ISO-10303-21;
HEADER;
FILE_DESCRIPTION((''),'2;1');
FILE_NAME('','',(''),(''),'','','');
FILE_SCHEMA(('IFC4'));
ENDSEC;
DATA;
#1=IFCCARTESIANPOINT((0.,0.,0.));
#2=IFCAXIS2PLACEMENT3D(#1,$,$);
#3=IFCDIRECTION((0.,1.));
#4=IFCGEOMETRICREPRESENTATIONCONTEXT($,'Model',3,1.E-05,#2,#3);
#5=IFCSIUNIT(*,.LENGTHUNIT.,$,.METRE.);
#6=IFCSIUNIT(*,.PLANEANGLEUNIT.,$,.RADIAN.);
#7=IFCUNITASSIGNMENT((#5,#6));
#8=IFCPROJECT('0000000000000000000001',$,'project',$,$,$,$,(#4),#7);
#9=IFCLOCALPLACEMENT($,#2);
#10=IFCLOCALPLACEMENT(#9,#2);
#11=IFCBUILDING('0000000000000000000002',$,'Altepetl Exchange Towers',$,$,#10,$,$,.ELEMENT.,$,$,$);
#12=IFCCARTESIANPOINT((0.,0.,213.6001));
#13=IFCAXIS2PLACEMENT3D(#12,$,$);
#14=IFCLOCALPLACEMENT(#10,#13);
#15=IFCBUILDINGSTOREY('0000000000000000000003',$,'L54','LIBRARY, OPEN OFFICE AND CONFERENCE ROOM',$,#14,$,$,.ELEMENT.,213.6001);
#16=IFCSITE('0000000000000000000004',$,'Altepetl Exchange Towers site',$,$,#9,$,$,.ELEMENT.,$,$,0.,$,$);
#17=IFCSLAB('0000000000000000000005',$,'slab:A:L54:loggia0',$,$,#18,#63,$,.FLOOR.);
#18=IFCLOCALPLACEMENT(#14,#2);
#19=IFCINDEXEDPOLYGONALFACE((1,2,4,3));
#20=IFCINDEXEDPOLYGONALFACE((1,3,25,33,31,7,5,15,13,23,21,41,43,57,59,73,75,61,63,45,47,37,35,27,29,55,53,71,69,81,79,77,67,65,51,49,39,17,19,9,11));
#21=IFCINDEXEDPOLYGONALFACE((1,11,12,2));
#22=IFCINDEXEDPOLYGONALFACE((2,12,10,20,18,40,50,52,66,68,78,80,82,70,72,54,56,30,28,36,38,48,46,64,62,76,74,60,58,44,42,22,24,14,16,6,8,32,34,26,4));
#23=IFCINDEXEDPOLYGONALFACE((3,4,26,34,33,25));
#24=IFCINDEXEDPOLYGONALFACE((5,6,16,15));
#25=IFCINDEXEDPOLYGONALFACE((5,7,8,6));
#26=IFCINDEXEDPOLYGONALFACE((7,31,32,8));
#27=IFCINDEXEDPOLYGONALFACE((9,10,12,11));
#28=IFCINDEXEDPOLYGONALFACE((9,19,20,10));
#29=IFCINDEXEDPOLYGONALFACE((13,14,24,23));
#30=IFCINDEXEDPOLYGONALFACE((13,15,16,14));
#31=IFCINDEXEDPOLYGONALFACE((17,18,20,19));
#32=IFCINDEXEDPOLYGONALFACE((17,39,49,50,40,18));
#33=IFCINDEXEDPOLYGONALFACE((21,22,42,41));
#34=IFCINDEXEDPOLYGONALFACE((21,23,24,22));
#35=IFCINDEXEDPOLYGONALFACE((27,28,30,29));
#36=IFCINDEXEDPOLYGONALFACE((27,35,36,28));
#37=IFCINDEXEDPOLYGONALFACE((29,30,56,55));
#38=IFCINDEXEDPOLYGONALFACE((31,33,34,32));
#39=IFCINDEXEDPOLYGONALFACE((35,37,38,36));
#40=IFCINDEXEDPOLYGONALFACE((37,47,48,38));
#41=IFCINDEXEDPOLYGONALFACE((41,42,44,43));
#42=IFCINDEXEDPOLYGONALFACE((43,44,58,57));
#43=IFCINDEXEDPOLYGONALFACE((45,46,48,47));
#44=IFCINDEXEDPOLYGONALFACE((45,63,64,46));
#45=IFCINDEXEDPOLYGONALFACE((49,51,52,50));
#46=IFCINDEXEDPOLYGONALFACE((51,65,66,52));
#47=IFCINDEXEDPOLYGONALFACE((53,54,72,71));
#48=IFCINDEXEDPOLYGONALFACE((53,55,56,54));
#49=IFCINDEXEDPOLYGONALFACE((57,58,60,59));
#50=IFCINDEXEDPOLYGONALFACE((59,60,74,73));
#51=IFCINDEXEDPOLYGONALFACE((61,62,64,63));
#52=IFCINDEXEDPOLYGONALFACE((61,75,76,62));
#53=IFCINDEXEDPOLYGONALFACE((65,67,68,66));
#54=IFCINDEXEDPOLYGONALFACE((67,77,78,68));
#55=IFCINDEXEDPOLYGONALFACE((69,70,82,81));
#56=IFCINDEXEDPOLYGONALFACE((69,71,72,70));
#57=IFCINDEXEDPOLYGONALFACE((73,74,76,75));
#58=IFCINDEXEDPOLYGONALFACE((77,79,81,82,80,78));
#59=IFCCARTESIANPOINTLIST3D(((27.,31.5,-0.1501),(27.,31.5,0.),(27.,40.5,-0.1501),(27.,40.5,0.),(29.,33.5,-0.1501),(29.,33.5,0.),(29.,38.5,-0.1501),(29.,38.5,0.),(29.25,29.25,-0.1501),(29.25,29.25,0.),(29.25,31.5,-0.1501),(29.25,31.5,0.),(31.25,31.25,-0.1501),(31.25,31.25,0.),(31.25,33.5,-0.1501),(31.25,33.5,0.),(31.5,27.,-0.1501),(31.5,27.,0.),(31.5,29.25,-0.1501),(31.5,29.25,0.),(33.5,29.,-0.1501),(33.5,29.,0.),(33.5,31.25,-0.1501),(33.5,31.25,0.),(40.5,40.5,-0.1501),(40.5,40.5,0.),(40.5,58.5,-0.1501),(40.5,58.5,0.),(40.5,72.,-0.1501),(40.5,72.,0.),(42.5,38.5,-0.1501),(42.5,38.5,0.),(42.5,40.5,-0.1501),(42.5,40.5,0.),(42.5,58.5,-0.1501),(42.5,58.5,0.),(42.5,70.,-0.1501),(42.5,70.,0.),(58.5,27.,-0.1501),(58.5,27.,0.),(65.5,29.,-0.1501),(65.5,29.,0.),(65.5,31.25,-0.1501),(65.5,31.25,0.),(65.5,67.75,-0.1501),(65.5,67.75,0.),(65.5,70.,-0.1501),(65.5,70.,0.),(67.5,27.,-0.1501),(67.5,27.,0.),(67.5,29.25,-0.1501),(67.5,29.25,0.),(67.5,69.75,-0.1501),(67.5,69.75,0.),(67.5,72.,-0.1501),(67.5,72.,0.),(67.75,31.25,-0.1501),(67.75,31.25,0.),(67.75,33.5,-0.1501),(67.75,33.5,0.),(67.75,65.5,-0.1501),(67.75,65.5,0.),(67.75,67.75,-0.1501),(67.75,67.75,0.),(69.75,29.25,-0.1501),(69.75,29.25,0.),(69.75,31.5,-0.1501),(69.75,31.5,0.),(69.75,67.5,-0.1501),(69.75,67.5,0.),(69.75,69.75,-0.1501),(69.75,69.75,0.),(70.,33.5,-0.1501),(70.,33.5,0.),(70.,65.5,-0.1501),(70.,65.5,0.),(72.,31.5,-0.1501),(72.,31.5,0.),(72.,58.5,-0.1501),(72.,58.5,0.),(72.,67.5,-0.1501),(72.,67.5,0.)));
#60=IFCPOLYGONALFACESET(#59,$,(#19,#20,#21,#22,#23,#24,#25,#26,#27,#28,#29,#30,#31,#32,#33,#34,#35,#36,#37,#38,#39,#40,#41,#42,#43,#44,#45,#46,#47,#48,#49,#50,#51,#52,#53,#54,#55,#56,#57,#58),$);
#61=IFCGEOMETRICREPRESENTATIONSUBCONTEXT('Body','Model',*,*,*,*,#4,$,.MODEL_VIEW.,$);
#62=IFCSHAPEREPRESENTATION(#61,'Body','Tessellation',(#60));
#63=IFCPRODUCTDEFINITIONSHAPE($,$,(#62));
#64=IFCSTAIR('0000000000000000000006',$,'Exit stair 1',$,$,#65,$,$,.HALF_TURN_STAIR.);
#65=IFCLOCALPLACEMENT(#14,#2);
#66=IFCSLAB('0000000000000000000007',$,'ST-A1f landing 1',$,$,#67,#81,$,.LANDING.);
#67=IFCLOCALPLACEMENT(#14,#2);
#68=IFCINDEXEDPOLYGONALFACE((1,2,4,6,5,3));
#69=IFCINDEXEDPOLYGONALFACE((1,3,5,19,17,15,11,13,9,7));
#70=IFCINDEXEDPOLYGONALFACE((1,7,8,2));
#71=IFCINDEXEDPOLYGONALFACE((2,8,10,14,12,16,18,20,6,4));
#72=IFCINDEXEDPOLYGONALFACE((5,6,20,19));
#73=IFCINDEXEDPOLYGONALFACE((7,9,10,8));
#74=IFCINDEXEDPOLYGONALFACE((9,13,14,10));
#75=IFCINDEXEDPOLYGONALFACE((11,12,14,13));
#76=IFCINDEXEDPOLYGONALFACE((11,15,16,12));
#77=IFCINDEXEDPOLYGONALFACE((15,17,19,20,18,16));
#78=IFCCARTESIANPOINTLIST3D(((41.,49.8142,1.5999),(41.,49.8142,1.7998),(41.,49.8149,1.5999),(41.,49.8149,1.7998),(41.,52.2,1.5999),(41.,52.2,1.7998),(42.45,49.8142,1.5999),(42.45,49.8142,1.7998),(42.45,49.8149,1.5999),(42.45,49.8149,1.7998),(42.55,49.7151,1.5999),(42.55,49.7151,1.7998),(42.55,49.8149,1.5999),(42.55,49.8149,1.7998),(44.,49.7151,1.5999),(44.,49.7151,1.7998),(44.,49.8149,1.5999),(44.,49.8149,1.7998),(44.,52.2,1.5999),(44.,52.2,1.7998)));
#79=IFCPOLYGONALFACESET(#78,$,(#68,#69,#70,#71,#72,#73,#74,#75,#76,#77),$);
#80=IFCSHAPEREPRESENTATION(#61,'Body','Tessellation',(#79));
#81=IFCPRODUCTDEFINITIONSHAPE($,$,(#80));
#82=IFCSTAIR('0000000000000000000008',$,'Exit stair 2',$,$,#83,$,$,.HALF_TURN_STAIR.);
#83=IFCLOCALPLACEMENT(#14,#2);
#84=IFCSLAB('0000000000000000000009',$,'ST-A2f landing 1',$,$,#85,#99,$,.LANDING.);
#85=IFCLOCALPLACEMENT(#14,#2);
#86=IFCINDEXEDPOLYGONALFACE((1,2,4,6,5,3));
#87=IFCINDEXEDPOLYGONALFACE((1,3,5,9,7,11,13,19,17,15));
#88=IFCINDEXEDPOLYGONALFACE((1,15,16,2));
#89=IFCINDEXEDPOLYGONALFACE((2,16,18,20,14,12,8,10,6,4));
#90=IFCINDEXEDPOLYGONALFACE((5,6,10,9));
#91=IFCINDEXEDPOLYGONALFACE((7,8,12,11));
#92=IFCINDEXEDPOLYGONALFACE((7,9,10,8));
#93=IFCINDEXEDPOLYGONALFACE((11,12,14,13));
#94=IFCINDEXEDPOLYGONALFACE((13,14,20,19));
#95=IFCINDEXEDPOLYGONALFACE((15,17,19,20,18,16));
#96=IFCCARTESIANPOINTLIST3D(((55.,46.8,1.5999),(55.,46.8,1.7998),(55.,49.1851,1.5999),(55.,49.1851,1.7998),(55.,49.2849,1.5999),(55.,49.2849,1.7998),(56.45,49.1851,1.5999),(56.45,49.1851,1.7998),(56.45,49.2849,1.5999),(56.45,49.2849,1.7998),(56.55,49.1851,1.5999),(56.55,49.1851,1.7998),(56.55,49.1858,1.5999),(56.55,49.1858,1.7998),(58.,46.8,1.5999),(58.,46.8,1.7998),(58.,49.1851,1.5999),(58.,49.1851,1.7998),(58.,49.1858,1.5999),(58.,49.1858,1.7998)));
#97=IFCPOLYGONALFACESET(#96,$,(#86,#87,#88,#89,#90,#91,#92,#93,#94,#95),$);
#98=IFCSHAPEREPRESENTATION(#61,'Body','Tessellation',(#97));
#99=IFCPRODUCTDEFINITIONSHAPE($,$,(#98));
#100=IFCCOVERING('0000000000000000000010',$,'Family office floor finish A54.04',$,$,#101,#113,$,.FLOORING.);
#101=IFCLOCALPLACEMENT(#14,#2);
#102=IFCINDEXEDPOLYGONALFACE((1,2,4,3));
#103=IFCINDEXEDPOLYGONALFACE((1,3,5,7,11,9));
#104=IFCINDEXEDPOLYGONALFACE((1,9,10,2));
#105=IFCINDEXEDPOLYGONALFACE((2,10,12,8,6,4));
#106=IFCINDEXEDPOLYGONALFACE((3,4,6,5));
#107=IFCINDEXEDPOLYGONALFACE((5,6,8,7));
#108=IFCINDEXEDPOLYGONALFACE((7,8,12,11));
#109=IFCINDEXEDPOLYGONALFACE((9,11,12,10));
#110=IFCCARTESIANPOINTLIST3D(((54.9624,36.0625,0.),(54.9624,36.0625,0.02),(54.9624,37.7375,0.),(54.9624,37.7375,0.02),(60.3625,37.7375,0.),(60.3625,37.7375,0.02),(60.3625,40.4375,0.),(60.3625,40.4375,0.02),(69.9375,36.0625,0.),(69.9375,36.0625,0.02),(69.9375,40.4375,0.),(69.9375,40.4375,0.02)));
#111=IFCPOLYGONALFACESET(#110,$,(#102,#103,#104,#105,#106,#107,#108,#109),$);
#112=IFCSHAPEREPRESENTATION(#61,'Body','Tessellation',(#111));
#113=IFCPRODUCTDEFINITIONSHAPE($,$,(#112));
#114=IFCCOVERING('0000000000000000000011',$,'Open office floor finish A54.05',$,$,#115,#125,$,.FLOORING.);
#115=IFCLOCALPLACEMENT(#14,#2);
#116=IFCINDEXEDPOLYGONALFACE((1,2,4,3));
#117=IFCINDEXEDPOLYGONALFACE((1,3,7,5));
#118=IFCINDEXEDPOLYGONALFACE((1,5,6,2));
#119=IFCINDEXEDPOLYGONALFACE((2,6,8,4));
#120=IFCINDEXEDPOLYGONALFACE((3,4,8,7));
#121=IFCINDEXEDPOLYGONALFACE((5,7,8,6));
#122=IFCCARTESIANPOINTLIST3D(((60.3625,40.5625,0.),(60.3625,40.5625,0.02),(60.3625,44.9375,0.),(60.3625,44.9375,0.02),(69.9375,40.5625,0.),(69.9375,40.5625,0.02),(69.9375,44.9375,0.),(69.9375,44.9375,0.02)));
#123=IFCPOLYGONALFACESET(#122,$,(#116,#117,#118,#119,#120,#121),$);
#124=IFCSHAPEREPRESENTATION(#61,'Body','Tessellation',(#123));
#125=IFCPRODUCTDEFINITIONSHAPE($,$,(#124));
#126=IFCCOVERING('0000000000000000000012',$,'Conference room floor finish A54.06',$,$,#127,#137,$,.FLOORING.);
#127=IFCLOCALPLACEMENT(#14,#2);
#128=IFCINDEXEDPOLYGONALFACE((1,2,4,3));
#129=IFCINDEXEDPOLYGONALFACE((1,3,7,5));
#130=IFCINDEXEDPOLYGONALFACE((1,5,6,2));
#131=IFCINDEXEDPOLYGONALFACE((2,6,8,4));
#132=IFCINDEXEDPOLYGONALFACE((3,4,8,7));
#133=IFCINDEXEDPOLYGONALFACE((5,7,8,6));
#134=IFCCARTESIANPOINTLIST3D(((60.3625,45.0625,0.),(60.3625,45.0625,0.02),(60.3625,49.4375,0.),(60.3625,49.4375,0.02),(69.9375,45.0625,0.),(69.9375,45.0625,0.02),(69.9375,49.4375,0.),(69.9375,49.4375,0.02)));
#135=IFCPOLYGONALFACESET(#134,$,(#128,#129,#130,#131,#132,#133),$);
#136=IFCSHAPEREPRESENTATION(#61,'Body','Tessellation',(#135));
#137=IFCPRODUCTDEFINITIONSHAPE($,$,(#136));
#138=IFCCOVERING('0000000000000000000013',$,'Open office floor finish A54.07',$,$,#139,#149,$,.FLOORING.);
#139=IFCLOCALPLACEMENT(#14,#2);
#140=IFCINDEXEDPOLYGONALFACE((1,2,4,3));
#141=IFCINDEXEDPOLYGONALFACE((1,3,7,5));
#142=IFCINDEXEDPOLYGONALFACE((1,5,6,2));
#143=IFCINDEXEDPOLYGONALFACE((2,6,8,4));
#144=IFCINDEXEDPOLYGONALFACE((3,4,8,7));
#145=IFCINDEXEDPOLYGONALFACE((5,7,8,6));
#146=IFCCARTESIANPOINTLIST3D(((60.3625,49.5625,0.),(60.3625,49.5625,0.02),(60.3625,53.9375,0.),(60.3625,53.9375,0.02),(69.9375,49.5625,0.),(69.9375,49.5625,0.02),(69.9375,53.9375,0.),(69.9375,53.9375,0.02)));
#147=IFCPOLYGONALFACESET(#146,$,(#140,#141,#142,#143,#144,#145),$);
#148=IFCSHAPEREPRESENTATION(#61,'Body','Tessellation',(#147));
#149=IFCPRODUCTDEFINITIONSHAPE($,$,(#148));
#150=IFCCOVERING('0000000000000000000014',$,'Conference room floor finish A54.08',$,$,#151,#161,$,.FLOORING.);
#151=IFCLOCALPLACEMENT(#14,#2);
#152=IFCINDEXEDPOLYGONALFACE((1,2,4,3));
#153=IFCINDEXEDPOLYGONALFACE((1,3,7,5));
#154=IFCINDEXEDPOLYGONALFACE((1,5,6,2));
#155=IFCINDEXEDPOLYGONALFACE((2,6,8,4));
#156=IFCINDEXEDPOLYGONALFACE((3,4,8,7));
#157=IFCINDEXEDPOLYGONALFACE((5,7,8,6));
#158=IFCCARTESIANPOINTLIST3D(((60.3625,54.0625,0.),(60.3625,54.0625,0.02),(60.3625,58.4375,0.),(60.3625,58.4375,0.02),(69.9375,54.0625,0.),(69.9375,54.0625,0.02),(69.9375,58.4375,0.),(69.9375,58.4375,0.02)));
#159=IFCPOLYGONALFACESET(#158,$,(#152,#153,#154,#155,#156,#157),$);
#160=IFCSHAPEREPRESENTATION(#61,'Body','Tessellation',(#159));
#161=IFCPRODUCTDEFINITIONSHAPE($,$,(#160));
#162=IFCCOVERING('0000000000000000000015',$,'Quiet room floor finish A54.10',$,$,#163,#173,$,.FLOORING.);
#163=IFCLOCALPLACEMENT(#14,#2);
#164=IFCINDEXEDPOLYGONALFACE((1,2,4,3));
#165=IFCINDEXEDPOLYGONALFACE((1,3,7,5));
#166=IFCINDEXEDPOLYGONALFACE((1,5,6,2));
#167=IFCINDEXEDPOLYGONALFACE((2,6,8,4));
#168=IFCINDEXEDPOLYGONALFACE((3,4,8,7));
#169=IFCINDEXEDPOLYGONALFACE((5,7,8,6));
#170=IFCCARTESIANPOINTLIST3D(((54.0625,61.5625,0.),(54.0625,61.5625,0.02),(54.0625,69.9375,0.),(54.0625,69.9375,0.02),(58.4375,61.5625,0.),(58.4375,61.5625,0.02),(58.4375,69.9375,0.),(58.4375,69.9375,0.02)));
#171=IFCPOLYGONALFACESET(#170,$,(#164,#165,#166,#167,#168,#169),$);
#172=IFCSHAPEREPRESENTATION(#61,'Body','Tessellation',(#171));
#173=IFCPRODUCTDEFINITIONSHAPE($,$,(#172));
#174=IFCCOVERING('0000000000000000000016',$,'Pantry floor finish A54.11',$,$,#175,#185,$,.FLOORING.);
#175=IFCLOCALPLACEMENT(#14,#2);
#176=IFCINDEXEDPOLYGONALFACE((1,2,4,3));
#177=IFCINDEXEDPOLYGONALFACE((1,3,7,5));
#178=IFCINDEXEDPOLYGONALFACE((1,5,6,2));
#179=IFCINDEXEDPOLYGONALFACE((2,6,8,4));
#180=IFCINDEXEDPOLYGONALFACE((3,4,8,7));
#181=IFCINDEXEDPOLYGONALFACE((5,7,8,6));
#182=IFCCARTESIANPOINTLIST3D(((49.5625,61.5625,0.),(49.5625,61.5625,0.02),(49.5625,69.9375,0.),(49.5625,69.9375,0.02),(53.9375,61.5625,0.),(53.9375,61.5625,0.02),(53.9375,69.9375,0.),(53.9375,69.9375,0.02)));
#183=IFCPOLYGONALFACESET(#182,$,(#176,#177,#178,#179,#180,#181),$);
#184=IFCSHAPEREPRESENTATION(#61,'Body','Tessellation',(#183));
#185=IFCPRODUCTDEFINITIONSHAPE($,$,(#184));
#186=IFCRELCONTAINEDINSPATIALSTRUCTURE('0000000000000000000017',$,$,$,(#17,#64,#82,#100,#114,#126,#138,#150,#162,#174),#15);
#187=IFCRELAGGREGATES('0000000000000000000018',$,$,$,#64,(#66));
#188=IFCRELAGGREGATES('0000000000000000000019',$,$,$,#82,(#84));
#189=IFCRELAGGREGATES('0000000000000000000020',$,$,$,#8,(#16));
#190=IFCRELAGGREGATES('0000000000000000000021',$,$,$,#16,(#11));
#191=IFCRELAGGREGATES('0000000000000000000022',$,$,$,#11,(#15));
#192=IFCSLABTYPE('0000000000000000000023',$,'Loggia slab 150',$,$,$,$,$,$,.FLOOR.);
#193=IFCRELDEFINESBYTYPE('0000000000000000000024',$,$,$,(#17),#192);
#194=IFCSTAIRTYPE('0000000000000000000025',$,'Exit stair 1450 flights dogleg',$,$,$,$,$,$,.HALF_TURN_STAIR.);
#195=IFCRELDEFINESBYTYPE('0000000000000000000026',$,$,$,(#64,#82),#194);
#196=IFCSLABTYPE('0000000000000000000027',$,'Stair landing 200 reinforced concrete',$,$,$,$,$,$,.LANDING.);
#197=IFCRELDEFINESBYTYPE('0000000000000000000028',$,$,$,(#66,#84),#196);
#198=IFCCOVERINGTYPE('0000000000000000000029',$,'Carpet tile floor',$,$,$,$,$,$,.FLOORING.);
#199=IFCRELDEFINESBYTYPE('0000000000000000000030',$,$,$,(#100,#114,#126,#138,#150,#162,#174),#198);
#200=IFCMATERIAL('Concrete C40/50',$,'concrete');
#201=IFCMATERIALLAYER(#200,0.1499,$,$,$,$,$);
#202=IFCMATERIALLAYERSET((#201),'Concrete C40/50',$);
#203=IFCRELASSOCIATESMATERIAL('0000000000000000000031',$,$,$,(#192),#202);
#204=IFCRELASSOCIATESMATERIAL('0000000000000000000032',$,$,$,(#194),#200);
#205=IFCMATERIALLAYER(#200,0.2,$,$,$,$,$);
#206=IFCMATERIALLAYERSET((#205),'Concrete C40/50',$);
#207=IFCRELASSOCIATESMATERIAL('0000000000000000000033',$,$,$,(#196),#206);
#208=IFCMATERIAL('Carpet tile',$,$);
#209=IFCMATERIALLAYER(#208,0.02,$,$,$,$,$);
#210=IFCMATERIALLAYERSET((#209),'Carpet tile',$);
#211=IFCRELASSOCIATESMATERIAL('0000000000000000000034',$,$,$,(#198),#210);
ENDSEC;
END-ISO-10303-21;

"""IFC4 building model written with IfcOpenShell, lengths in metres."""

from ifc_helpers import new_model, si_unit, direction, frame, origin, place, context, subcontext, project, spatial, polyline, outline, extrude, material, layer, layer_set, type_object, element, aggregate, save


model = new_model("IFC4")

# Units and contexts
model_context = context("Model", 3, precision=1e-05, world=origin(), true_north=direction((0.0, 1.0)))
body_context = subcontext(model_context, "Body", "Model", "MODEL_VIEW")
ifc_project = project(units=[si_unit("LENGTHUNIT", "METRE"), si_unit("PLANEANGLEUNIT", "RADIAN")], contexts=[model_context])

# Site, building, storey
site_placement = place(None, origin())
site = spatial("IfcSite", under=ifc_project, at=site_placement, Name="Altepetl Exchange Towers site", CompositionType="ELEMENT", RefElevation=0.0)
building_placement = place(site_placement, origin())
building = spatial("IfcBuilding", under=site, at=building_placement, Name="Altepetl Exchange Towers", CompositionType="ELEMENT")
storey_placement = place(building_placement, frame((0.0, 0.0, 213.6001)))
storey = spatial("IfcBuildingStorey", under=building, at=storey_placement, Name="L54", Description="LIBRARY, OPEN OFFICE AND CONFERENCE ROOM", CompositionType="ELEMENT", Elevation=213.6001)

# Shared definitions
ifc_material_1 = material(Name="Concrete C40/50", Category="concrete")

# Slab
ifc_layer_1 = layer(ifc_material_1, 0.1499)
ifc_layer_set_1 = layer_set([ifc_layer_1], Name="Concrete C40/50")
slab_type_1 = type_object("IfcSlabType", Name="Loggia slab 150", PredefinedType="FLOOR", material=ifc_layer_set_1)
slab_1_placement = place(storey_placement, frame((0.0, 0.0, -0.1501)))
element("IfcSlab", 1, at=slab_1_placement, inside=storey, type_object=slab_type_1, Name="slab:A:L54:loggia0", PredefinedType="FLOOR", context=body_context, shape_type="SweptSolid", body=[
    extrude(outline(polyline([(40.5, 72.0), (40.5, 58.5), (42.5, 58.5), (42.5, 70.0), (65.5, 70.0), (65.5, 67.75), (67.75, 67.75), (67.75, 65.5), (70.0, 65.5), (70.0, 33.5), (67.75, 33.5), (67.75, 31.25), (65.5, 31.25), (65.5, 29.0), (33.5, 29.0), (33.5, 31.25), (31.25, 31.25), (31.25, 33.5), (29.0, 33.5), (29.0, 38.5), (42.5, 38.5), (42.5, 40.5), (40.5, 40.5), (27.0, 40.5), (27.0, 31.5), (29.25, 31.5), (29.25, 29.25), (31.5, 29.25), (31.5, 27.0), (58.5, 27.0), (67.5, 27.0), (67.5, 29.25), (69.75, 29.25), (69.75, 31.5), (72.0, 31.5), (72.0, 58.5), (72.0, 67.5), (69.75, 67.5), (69.75, 69.75), (67.5, 69.75), (67.5, 72.0), (40.5, 72.0)])), origin(), (0.0, 0.0, 1.0), 0.1501),
])

# Stairs, slabs
stair_type = type_object("IfcStairType", Name="Exit stair 1450 flights dogleg", PredefinedType="HALF_TURN_STAIR", material=ifc_material_1)
stair_1_placement = place(storey_placement, origin())
stair_1 = element("IfcStair", 2, at=stair_1_placement, inside=storey, type_object=stair_type, Name="Exit stair 1", PredefinedType="HALF_TURN_STAIR")
ifc_layer_2 = layer(ifc_material_1, 0.2)
ifc_layer_set_2 = layer_set([ifc_layer_2], Name="Concrete C40/50")
slab_type_2 = type_object("IfcSlabType", Name="Stair landing 200 reinforced concrete", PredefinedType="LANDING", material=ifc_layer_set_2)
slab_2_placement = place(storey_placement, frame((0.0, 0.0, 1.5999)))
slab_2 = element("IfcSlab", 3, at=slab_2_placement, type_object=slab_type_2, Name="ST-A1f landing 1", PredefinedType="LANDING", context=body_context, shape_type="SweptSolid", body=[
    extrude(outline(polyline([(44.0, 49.7151), (42.55, 49.7151), (42.55, 49.8149), (42.45, 49.8149), (42.45, 49.8142), (41.0, 49.8142), (41.0, 49.8149), (41.0, 52.2), (44.0, 52.2), (44.0, 49.8149), (44.0, 49.7151)])), origin(), (0.0, 0.0, 1.0), 0.2),
])
aggregate(stair_1, [slab_2])
stair_2_placement = place(storey_placement, origin())
stair_2 = element("IfcStair", 4, at=stair_2_placement, inside=storey, type_object=stair_type, Name="Exit stair 2", PredefinedType="HALF_TURN_STAIR")
slab_3_placement = place(storey_placement, frame((0.0, 0.0, 1.5999)))
slab_3 = element("IfcSlab", 5, at=slab_3_placement, type_object=slab_type_2, Name="ST-A2f landing 1", PredefinedType="LANDING", context=body_context, shape_type="SweptSolid", body=[
    extrude(outline(polyline([(58.0, 46.8), (55.0, 46.8), (55.0, 49.1851), (55.0, 49.2849), (56.45, 49.2849), (56.45, 49.1851), (56.55, 49.1851), (56.55, 49.1858), (58.0, 49.1858), (58.0, 49.1851), (58.0, 46.8)])), origin(), (0.0, 0.0, 1.0), 0.2),
])
aggregate(stair_2, [slab_3])

# Coverings
ifc_material_2 = material(Name="Carpet tile")
ifc_layer_3 = layer(ifc_material_2, 0.02)
ifc_layer_set_3 = layer_set([ifc_layer_3], Name="Carpet tile")
covering_type_1 = type_object("IfcCoveringType", Name="Carpet tile floor", PredefinedType="FLOORING", material=ifc_layer_set_3)
covering_1_placement = place(storey_placement, origin())
element("IfcCovering", 6, at=covering_1_placement, inside=storey, type_object=covering_type_1, Name="Family office floor finish A54.04", PredefinedType="FLOORING", context=body_context, shape_type="SweptSolid", body=[
    extrude(outline(polyline([(69.9375, 40.4375), (60.3625, 40.4375), (60.3625, 37.7375), (54.9624, 37.7375), (54.9624, 36.0625), (69.9375, 36.0625), (69.9375, 40.4375)])), origin(), (0.0, 0.0, 1.0), 0.02),
])
covering_2_placement = place(storey_placement, origin())
element("IfcCovering", 7, at=covering_2_placement, inside=storey, type_object=covering_type_1, Name="Open office floor finish A54.05", PredefinedType="FLOORING", context=body_context, shape_type="SweptSolid", body=[
    extrude(outline(polyline([(69.9375, 44.9375), (60.3625, 44.9375), (60.3625, 40.5625), (69.9375, 40.5625), (69.9375, 44.9375)])), origin(), (0.0, 0.0, 1.0), 0.02),
])
covering_3_placement = place(storey_placement, origin())
element("IfcCovering", 8, at=covering_3_placement, inside=storey, type_object=covering_type_1, Name="Conference room floor finish A54.06", PredefinedType="FLOORING", context=body_context, shape_type="SweptSolid", body=[
    extrude(outline(polyline([(69.9375, 49.4375), (60.3625, 49.4375), (60.3625, 45.0625), (69.9375, 45.0625), (69.9375, 49.4375)])), origin(), (0.0, 0.0, 1.0), 0.02),
])
covering_4_placement = place(storey_placement, origin())
element("IfcCovering", 9, at=covering_4_placement, inside=storey, type_object=covering_type_1, Name="Open office floor finish A54.07", PredefinedType="FLOORING", context=body_context, shape_type="SweptSolid", body=[
    extrude(outline(polyline([(69.9375, 53.9375), (60.3625, 53.9375), (60.3625, 49.5625), (69.9375, 49.5625), (69.9375, 53.9375)])), origin(), (0.0, 0.0, 1.0), 0.02),
])
covering_5_placement = place(storey_placement, origin())
element("IfcCovering", 10, at=covering_5_placement, inside=storey, type_object=covering_type_1, Name="Conference room floor finish A54.08", PredefinedType="FLOORING", context=body_context, shape_type="SweptSolid", body=[
    extrude(outline(polyline([(69.9375, 58.4375), (60.3625, 58.4375), (60.3625, 54.0625), (69.9375, 54.0625), (69.9375, 58.4375)])), origin(), (0.0, 0.0, 1.0), 0.02),
])
covering_6_placement = place(storey_placement, origin())
element("IfcCovering", 11, at=covering_6_placement, inside=storey, type_object=covering_type_1, Name="Quiet room floor finish A54.10", PredefinedType="FLOORING", context=body_context, shape_type="SweptSolid", body=[
    extrude(outline(polyline([(58.4375, 61.5625), (58.4375, 69.9375), (54.0625, 69.9375), (54.0625, 61.5625), (58.4375, 61.5625)])), origin(), (0.0, 0.0, 1.0), 0.02),
])
covering_7_placement = place(storey_placement, origin())
element("IfcCovering", 12, at=covering_7_placement, inside=storey, type_object=covering_type_1, Name="Pantry floor finish A54.11", PredefinedType="FLOORING", context=body_context, shape_type="SweptSolid", body=[
    extrude(outline(polyline([(53.9375, 61.5625), (53.9375, 69.9375), (49.5625, 69.9375), (49.5625, 61.5625), (53.9375, 61.5625)])), origin(), (0.0, 0.0, 1.0), 0.02),
])

save(model, "model.ifc")
